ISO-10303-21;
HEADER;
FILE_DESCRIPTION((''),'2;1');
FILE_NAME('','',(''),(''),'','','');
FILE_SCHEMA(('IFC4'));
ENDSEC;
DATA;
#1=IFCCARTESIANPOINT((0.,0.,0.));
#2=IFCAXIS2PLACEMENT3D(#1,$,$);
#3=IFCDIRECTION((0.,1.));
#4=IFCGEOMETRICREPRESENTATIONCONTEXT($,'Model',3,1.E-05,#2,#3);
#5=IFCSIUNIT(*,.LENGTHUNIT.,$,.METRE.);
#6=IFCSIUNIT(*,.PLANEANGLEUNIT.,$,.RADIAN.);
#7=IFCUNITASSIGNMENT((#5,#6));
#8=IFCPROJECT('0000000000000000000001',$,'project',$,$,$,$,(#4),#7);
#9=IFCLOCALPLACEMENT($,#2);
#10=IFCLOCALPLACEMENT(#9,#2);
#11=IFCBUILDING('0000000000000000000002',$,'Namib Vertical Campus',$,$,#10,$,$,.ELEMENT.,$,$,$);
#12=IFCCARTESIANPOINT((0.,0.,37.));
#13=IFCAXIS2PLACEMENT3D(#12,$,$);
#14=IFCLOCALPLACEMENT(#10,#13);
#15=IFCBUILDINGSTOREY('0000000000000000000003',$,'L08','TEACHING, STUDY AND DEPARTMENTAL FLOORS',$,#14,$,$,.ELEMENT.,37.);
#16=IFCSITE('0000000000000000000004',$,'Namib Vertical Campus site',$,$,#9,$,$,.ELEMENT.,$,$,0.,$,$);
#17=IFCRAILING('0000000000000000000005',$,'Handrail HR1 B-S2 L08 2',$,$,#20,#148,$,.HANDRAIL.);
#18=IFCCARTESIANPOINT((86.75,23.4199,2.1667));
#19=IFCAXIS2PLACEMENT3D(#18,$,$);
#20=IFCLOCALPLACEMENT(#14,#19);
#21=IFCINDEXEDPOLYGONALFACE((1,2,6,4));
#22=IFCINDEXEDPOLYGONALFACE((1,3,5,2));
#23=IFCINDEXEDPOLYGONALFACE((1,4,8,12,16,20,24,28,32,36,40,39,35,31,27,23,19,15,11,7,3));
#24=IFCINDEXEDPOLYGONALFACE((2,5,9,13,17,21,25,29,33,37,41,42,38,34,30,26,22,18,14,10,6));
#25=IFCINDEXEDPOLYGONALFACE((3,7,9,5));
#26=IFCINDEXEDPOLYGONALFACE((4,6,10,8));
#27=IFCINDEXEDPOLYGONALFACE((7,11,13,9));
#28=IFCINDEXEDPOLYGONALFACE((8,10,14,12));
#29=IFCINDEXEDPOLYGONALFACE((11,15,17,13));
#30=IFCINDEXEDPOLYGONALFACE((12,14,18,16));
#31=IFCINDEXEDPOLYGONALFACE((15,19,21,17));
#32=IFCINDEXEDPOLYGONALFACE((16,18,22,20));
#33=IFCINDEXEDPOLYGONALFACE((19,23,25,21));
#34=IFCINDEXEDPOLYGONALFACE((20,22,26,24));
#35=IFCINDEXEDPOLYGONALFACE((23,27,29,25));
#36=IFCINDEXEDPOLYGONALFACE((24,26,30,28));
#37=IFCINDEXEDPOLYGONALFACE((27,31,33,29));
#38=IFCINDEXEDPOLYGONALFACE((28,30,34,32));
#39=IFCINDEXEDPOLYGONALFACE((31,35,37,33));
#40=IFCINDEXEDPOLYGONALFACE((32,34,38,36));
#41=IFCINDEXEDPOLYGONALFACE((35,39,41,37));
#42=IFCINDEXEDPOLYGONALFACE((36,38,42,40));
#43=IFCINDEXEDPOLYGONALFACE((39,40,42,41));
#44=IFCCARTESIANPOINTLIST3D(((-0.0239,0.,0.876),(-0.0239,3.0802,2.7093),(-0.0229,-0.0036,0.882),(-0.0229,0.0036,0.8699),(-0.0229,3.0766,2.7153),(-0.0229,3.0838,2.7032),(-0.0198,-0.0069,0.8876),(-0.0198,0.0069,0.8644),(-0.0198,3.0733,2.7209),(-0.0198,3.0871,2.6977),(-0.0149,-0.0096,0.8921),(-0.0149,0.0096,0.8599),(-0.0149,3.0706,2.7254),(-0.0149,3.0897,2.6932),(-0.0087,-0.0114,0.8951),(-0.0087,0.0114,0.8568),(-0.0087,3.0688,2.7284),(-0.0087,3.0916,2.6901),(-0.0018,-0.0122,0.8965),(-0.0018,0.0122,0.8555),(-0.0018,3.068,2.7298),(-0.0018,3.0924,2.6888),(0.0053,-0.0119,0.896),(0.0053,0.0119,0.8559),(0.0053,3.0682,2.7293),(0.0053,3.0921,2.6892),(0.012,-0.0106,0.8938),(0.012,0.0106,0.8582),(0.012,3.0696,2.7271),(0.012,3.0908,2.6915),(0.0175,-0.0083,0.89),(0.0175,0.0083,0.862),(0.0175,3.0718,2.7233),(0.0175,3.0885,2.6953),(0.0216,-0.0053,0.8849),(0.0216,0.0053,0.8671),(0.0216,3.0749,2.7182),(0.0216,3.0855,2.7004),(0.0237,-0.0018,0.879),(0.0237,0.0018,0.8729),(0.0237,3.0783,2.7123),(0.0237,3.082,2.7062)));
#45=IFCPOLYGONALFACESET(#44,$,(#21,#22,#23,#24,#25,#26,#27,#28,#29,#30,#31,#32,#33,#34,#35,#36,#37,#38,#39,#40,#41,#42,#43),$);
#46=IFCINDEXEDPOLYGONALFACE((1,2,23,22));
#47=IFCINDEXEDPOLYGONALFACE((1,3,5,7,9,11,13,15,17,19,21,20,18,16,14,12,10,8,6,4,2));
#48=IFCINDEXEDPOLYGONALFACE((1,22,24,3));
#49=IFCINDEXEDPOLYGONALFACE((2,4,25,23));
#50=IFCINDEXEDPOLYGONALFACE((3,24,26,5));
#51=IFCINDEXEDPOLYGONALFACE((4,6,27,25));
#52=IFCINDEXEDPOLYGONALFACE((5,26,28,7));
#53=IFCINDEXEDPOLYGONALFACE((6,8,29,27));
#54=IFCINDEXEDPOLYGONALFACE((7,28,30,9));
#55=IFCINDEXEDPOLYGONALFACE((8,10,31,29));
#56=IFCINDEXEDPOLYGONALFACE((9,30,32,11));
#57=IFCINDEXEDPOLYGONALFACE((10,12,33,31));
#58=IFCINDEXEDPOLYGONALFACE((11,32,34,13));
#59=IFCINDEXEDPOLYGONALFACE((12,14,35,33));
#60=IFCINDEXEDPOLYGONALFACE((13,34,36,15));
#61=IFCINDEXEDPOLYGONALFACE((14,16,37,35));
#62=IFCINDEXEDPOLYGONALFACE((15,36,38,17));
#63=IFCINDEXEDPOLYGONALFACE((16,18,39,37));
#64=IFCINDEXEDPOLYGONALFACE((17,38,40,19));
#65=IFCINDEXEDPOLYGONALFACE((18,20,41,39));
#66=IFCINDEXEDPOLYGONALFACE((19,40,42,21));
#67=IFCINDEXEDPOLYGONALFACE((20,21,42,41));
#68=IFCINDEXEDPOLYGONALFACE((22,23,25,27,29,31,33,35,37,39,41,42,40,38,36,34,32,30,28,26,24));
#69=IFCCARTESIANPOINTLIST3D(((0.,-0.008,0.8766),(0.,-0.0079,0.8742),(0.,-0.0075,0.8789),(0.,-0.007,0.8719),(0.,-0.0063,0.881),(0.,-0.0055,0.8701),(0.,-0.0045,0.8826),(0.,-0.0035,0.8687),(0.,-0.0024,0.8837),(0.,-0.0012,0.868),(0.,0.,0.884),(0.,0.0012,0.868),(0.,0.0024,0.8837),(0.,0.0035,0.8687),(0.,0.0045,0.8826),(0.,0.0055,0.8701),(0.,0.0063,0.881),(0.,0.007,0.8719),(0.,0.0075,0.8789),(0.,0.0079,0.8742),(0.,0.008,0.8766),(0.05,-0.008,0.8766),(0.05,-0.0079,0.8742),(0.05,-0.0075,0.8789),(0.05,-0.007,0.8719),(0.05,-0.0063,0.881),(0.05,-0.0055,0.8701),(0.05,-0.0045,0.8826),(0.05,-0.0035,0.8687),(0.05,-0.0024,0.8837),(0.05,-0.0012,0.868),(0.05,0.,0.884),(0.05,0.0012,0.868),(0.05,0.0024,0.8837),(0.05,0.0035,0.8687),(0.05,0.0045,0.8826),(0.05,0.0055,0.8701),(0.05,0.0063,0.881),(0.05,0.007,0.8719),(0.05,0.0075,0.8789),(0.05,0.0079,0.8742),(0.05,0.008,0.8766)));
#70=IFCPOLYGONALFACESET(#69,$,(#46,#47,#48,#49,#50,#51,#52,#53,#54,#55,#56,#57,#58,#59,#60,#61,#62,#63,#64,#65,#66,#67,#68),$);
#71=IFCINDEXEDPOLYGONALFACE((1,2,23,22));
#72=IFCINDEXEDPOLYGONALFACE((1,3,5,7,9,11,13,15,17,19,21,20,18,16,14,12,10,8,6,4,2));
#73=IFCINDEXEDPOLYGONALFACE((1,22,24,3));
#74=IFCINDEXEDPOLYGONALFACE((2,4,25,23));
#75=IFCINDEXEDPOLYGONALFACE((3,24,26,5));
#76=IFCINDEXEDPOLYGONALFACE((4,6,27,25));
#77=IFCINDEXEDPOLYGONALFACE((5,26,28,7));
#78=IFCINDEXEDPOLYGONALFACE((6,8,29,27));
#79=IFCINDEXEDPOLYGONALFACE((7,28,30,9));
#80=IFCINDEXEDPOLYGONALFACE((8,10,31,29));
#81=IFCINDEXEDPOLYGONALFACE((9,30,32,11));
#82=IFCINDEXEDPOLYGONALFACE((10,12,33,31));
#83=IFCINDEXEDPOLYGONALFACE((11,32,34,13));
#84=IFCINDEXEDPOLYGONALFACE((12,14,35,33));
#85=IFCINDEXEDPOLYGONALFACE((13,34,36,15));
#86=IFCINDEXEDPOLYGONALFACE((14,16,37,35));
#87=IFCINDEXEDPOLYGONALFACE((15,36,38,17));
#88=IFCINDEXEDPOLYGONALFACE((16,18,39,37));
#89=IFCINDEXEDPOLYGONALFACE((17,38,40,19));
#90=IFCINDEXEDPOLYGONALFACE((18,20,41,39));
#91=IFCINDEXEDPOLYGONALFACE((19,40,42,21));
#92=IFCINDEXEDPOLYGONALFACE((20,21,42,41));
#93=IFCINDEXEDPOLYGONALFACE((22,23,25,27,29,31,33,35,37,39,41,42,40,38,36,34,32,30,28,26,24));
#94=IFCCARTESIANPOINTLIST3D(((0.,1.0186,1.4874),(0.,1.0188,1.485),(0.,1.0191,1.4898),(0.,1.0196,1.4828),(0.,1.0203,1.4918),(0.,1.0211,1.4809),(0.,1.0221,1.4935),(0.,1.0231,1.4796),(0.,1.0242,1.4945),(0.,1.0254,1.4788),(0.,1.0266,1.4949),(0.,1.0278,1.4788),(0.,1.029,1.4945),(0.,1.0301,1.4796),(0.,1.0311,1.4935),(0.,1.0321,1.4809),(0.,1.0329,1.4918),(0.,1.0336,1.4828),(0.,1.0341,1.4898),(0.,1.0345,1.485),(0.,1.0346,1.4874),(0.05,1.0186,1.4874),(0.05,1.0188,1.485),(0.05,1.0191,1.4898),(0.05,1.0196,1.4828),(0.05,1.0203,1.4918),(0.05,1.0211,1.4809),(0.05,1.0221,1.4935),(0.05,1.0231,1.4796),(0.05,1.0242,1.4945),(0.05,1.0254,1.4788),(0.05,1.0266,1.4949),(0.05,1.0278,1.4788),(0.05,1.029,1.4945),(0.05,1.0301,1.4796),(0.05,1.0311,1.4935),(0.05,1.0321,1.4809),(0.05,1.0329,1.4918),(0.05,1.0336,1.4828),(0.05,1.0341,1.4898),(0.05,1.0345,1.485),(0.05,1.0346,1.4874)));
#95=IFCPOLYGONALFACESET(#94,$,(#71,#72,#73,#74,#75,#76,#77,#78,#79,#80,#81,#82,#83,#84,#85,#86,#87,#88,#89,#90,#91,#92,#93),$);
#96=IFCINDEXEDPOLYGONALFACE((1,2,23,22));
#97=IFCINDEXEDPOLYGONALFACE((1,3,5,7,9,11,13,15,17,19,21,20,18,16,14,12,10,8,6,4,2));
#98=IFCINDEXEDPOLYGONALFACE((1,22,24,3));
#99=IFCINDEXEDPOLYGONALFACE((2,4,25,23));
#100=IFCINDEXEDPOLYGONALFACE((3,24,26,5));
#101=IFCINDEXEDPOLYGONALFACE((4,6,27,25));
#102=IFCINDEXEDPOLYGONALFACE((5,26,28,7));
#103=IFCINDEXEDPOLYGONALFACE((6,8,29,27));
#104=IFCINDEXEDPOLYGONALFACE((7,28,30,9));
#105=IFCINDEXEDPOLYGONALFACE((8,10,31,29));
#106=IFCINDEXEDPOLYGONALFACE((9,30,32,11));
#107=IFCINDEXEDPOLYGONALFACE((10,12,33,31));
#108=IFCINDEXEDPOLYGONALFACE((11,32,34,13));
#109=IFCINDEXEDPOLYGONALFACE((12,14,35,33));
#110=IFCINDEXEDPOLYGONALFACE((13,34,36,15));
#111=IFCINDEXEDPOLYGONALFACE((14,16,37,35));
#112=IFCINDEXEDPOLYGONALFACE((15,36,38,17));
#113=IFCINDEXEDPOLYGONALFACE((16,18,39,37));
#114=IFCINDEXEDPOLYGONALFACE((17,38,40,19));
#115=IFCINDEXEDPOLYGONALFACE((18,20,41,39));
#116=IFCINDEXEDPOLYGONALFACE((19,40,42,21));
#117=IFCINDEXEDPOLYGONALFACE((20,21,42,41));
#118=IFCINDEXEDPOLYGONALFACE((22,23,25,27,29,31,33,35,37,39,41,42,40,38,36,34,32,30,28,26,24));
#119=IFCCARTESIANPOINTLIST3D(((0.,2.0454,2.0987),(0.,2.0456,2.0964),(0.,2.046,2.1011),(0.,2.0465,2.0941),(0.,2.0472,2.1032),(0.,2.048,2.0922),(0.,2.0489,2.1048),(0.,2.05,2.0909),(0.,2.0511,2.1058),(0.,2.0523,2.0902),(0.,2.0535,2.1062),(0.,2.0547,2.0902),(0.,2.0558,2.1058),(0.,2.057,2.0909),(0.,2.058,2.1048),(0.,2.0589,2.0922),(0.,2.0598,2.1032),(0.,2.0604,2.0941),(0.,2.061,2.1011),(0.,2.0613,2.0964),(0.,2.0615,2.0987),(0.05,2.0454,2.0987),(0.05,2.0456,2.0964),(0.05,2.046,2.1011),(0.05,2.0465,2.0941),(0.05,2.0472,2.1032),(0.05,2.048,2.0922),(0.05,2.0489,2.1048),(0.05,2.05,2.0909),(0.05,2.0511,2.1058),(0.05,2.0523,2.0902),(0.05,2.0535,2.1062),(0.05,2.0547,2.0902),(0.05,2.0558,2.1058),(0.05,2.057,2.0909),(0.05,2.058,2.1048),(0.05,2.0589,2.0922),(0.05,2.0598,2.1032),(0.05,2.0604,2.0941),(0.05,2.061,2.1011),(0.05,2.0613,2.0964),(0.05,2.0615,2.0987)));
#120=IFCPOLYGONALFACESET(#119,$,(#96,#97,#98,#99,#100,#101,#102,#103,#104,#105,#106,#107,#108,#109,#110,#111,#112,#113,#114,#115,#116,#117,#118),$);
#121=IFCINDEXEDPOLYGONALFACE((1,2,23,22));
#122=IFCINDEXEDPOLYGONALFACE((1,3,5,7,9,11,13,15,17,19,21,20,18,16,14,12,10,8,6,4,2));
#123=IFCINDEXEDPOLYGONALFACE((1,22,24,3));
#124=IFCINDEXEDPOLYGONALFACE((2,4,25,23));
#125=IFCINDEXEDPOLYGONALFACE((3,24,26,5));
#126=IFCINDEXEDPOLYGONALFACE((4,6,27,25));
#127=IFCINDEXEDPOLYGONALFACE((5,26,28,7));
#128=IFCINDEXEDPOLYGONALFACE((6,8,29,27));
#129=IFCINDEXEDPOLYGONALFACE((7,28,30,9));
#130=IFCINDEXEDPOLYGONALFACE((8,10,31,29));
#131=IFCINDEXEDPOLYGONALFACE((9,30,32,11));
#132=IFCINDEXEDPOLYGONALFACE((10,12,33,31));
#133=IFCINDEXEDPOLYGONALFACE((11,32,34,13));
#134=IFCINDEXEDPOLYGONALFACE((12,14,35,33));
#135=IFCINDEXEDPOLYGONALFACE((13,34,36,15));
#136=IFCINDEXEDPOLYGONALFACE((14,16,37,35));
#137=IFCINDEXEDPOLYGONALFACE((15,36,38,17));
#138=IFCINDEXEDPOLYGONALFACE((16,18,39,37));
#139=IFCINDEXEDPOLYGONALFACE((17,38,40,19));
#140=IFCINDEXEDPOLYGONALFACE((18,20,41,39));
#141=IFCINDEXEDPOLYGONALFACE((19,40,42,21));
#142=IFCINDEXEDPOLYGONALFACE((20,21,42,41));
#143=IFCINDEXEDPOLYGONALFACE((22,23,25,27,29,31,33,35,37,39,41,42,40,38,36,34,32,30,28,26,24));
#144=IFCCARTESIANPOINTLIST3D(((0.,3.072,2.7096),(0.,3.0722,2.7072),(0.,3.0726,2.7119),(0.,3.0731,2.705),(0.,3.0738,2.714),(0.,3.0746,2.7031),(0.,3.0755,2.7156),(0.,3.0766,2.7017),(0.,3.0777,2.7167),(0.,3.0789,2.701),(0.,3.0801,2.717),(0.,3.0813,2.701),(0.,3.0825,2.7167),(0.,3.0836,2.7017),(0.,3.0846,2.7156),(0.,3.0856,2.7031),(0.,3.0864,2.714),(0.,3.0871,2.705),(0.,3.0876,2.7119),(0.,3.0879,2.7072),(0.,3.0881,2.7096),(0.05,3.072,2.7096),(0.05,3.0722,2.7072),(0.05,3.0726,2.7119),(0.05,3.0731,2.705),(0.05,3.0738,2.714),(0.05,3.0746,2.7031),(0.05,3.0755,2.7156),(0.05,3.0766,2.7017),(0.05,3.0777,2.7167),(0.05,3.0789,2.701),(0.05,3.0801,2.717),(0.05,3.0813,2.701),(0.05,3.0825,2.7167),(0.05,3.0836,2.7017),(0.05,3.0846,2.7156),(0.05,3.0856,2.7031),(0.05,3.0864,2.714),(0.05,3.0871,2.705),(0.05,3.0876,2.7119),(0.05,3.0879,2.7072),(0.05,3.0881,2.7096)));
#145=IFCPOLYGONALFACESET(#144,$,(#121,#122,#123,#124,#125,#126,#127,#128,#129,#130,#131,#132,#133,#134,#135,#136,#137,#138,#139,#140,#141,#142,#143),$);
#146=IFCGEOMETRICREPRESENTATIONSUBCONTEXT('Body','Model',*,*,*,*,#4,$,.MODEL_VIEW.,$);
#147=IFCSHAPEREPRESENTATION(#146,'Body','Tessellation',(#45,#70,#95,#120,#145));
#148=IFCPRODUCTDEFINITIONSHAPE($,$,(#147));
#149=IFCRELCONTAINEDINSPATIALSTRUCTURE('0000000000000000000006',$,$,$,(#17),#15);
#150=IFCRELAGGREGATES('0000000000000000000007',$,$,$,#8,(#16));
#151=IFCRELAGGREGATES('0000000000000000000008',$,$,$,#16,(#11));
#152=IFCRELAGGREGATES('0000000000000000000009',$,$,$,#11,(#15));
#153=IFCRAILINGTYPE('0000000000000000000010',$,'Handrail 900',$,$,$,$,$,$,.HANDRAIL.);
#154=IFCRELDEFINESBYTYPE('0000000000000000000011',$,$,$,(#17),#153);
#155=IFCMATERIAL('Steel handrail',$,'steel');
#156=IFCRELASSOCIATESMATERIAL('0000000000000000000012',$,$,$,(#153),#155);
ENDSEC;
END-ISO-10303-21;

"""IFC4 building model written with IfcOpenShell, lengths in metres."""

from ifc_helpers import new_model, si_unit, direction, frame, origin, origin_2d, place, context, subcontext, project, spatial, circle, extrude, material, type_object, element, save


model = new_model("IFC4")

# Units and contexts
model_context = context("Model", 3, precision=1e-05, world=origin(), true_north=direction((0.0, 1.0)))
body_context = subcontext(model_context, "Body", "Model", "MODEL_VIEW")
ifc_project = project(units=[si_unit("LENGTHUNIT", "METRE"), si_unit("PLANEANGLEUNIT", "RADIAN")], contexts=[model_context])

# Site, building, storey
site_placement = place(None, origin())
site = spatial("IfcSite", under=ifc_project, at=site_placement, Name="Namib Vertical Campus site", CompositionType="ELEMENT", RefElevation=0.0)
building_placement = place(site_placement, origin())
building = spatial("IfcBuilding", under=site, at=building_placement, Name="Namib Vertical Campus", CompositionType="ELEMENT")
storey_placement = place(building_placement, frame((0.0, 0.0, 37.0)))
storey = spatial("IfcBuildingStorey", under=building, at=storey_placement, Name="L08", Description="TEACHING, STUDY AND DEPARTMENTAL FLOORS", CompositionType="ELEMENT", Elevation=37.0)

# Railing
ifc_material_1 = material(Name="Steel handrail", Category="steel")
railing_type_1 = type_object("IfcRailingType", Name="Handrail 900", PredefinedType="HANDRAIL", material=ifc_material_1)
railing_1_placement = place(storey_placement, frame((86.75, 23.4199, 2.1667)))
element("IfcRailing", 1, at=railing_1_placement, inside=storey, type_object=railing_type_1, Name="Handrail HR1 B-S2 L08 2", PredefinedType="HANDRAIL", context=body_context, shape_type="SweptSolid", body=[
    extrude(circle(Radius=0.0239, at=origin_2d()), frame((0.0, 0.0, 0.876), z_axis=(0.0, 0.859309, 0.511458), x_axis=(-1.0, 0.0, 0.0)), (0.0, 0.0, 1.0), 3.5845),
    extrude(circle(Radius=0.0081, at=origin_2d()), frame((0.0, 0.0, 0.876), z_axis=(1.0, 0.0, 0.0), x_axis=(0.0, 0.0, 1.0)), (0.0, 0.0, 1.0), 0.05),
    extrude(circle(Radius=0.0081, at=origin_2d()), frame((0.0, 1.0266, 1.4868), z_axis=(1.0, 0.0, 0.0), x_axis=(0.0, 0.0, 1.0)), (0.0, 0.0, 1.0), 0.05),
    extrude(circle(Radius=0.0081, at=origin_2d()), frame((0.0, 2.0535, 2.0981), z_axis=(1.0, 0.0, 0.0), x_axis=(0.0, 0.0, 1.0)), (0.0, 0.0, 1.0), 0.05),
    extrude(circle(Radius=0.0081, at=origin_2d()), frame((0.0, 3.0801, 2.709), z_axis=(1.0, 0.0, 0.0), x_axis=(0.0, 0.0, 1.0)), (0.0, 0.0, 1.0), 0.05),
])

save(model, "model.ifc")
